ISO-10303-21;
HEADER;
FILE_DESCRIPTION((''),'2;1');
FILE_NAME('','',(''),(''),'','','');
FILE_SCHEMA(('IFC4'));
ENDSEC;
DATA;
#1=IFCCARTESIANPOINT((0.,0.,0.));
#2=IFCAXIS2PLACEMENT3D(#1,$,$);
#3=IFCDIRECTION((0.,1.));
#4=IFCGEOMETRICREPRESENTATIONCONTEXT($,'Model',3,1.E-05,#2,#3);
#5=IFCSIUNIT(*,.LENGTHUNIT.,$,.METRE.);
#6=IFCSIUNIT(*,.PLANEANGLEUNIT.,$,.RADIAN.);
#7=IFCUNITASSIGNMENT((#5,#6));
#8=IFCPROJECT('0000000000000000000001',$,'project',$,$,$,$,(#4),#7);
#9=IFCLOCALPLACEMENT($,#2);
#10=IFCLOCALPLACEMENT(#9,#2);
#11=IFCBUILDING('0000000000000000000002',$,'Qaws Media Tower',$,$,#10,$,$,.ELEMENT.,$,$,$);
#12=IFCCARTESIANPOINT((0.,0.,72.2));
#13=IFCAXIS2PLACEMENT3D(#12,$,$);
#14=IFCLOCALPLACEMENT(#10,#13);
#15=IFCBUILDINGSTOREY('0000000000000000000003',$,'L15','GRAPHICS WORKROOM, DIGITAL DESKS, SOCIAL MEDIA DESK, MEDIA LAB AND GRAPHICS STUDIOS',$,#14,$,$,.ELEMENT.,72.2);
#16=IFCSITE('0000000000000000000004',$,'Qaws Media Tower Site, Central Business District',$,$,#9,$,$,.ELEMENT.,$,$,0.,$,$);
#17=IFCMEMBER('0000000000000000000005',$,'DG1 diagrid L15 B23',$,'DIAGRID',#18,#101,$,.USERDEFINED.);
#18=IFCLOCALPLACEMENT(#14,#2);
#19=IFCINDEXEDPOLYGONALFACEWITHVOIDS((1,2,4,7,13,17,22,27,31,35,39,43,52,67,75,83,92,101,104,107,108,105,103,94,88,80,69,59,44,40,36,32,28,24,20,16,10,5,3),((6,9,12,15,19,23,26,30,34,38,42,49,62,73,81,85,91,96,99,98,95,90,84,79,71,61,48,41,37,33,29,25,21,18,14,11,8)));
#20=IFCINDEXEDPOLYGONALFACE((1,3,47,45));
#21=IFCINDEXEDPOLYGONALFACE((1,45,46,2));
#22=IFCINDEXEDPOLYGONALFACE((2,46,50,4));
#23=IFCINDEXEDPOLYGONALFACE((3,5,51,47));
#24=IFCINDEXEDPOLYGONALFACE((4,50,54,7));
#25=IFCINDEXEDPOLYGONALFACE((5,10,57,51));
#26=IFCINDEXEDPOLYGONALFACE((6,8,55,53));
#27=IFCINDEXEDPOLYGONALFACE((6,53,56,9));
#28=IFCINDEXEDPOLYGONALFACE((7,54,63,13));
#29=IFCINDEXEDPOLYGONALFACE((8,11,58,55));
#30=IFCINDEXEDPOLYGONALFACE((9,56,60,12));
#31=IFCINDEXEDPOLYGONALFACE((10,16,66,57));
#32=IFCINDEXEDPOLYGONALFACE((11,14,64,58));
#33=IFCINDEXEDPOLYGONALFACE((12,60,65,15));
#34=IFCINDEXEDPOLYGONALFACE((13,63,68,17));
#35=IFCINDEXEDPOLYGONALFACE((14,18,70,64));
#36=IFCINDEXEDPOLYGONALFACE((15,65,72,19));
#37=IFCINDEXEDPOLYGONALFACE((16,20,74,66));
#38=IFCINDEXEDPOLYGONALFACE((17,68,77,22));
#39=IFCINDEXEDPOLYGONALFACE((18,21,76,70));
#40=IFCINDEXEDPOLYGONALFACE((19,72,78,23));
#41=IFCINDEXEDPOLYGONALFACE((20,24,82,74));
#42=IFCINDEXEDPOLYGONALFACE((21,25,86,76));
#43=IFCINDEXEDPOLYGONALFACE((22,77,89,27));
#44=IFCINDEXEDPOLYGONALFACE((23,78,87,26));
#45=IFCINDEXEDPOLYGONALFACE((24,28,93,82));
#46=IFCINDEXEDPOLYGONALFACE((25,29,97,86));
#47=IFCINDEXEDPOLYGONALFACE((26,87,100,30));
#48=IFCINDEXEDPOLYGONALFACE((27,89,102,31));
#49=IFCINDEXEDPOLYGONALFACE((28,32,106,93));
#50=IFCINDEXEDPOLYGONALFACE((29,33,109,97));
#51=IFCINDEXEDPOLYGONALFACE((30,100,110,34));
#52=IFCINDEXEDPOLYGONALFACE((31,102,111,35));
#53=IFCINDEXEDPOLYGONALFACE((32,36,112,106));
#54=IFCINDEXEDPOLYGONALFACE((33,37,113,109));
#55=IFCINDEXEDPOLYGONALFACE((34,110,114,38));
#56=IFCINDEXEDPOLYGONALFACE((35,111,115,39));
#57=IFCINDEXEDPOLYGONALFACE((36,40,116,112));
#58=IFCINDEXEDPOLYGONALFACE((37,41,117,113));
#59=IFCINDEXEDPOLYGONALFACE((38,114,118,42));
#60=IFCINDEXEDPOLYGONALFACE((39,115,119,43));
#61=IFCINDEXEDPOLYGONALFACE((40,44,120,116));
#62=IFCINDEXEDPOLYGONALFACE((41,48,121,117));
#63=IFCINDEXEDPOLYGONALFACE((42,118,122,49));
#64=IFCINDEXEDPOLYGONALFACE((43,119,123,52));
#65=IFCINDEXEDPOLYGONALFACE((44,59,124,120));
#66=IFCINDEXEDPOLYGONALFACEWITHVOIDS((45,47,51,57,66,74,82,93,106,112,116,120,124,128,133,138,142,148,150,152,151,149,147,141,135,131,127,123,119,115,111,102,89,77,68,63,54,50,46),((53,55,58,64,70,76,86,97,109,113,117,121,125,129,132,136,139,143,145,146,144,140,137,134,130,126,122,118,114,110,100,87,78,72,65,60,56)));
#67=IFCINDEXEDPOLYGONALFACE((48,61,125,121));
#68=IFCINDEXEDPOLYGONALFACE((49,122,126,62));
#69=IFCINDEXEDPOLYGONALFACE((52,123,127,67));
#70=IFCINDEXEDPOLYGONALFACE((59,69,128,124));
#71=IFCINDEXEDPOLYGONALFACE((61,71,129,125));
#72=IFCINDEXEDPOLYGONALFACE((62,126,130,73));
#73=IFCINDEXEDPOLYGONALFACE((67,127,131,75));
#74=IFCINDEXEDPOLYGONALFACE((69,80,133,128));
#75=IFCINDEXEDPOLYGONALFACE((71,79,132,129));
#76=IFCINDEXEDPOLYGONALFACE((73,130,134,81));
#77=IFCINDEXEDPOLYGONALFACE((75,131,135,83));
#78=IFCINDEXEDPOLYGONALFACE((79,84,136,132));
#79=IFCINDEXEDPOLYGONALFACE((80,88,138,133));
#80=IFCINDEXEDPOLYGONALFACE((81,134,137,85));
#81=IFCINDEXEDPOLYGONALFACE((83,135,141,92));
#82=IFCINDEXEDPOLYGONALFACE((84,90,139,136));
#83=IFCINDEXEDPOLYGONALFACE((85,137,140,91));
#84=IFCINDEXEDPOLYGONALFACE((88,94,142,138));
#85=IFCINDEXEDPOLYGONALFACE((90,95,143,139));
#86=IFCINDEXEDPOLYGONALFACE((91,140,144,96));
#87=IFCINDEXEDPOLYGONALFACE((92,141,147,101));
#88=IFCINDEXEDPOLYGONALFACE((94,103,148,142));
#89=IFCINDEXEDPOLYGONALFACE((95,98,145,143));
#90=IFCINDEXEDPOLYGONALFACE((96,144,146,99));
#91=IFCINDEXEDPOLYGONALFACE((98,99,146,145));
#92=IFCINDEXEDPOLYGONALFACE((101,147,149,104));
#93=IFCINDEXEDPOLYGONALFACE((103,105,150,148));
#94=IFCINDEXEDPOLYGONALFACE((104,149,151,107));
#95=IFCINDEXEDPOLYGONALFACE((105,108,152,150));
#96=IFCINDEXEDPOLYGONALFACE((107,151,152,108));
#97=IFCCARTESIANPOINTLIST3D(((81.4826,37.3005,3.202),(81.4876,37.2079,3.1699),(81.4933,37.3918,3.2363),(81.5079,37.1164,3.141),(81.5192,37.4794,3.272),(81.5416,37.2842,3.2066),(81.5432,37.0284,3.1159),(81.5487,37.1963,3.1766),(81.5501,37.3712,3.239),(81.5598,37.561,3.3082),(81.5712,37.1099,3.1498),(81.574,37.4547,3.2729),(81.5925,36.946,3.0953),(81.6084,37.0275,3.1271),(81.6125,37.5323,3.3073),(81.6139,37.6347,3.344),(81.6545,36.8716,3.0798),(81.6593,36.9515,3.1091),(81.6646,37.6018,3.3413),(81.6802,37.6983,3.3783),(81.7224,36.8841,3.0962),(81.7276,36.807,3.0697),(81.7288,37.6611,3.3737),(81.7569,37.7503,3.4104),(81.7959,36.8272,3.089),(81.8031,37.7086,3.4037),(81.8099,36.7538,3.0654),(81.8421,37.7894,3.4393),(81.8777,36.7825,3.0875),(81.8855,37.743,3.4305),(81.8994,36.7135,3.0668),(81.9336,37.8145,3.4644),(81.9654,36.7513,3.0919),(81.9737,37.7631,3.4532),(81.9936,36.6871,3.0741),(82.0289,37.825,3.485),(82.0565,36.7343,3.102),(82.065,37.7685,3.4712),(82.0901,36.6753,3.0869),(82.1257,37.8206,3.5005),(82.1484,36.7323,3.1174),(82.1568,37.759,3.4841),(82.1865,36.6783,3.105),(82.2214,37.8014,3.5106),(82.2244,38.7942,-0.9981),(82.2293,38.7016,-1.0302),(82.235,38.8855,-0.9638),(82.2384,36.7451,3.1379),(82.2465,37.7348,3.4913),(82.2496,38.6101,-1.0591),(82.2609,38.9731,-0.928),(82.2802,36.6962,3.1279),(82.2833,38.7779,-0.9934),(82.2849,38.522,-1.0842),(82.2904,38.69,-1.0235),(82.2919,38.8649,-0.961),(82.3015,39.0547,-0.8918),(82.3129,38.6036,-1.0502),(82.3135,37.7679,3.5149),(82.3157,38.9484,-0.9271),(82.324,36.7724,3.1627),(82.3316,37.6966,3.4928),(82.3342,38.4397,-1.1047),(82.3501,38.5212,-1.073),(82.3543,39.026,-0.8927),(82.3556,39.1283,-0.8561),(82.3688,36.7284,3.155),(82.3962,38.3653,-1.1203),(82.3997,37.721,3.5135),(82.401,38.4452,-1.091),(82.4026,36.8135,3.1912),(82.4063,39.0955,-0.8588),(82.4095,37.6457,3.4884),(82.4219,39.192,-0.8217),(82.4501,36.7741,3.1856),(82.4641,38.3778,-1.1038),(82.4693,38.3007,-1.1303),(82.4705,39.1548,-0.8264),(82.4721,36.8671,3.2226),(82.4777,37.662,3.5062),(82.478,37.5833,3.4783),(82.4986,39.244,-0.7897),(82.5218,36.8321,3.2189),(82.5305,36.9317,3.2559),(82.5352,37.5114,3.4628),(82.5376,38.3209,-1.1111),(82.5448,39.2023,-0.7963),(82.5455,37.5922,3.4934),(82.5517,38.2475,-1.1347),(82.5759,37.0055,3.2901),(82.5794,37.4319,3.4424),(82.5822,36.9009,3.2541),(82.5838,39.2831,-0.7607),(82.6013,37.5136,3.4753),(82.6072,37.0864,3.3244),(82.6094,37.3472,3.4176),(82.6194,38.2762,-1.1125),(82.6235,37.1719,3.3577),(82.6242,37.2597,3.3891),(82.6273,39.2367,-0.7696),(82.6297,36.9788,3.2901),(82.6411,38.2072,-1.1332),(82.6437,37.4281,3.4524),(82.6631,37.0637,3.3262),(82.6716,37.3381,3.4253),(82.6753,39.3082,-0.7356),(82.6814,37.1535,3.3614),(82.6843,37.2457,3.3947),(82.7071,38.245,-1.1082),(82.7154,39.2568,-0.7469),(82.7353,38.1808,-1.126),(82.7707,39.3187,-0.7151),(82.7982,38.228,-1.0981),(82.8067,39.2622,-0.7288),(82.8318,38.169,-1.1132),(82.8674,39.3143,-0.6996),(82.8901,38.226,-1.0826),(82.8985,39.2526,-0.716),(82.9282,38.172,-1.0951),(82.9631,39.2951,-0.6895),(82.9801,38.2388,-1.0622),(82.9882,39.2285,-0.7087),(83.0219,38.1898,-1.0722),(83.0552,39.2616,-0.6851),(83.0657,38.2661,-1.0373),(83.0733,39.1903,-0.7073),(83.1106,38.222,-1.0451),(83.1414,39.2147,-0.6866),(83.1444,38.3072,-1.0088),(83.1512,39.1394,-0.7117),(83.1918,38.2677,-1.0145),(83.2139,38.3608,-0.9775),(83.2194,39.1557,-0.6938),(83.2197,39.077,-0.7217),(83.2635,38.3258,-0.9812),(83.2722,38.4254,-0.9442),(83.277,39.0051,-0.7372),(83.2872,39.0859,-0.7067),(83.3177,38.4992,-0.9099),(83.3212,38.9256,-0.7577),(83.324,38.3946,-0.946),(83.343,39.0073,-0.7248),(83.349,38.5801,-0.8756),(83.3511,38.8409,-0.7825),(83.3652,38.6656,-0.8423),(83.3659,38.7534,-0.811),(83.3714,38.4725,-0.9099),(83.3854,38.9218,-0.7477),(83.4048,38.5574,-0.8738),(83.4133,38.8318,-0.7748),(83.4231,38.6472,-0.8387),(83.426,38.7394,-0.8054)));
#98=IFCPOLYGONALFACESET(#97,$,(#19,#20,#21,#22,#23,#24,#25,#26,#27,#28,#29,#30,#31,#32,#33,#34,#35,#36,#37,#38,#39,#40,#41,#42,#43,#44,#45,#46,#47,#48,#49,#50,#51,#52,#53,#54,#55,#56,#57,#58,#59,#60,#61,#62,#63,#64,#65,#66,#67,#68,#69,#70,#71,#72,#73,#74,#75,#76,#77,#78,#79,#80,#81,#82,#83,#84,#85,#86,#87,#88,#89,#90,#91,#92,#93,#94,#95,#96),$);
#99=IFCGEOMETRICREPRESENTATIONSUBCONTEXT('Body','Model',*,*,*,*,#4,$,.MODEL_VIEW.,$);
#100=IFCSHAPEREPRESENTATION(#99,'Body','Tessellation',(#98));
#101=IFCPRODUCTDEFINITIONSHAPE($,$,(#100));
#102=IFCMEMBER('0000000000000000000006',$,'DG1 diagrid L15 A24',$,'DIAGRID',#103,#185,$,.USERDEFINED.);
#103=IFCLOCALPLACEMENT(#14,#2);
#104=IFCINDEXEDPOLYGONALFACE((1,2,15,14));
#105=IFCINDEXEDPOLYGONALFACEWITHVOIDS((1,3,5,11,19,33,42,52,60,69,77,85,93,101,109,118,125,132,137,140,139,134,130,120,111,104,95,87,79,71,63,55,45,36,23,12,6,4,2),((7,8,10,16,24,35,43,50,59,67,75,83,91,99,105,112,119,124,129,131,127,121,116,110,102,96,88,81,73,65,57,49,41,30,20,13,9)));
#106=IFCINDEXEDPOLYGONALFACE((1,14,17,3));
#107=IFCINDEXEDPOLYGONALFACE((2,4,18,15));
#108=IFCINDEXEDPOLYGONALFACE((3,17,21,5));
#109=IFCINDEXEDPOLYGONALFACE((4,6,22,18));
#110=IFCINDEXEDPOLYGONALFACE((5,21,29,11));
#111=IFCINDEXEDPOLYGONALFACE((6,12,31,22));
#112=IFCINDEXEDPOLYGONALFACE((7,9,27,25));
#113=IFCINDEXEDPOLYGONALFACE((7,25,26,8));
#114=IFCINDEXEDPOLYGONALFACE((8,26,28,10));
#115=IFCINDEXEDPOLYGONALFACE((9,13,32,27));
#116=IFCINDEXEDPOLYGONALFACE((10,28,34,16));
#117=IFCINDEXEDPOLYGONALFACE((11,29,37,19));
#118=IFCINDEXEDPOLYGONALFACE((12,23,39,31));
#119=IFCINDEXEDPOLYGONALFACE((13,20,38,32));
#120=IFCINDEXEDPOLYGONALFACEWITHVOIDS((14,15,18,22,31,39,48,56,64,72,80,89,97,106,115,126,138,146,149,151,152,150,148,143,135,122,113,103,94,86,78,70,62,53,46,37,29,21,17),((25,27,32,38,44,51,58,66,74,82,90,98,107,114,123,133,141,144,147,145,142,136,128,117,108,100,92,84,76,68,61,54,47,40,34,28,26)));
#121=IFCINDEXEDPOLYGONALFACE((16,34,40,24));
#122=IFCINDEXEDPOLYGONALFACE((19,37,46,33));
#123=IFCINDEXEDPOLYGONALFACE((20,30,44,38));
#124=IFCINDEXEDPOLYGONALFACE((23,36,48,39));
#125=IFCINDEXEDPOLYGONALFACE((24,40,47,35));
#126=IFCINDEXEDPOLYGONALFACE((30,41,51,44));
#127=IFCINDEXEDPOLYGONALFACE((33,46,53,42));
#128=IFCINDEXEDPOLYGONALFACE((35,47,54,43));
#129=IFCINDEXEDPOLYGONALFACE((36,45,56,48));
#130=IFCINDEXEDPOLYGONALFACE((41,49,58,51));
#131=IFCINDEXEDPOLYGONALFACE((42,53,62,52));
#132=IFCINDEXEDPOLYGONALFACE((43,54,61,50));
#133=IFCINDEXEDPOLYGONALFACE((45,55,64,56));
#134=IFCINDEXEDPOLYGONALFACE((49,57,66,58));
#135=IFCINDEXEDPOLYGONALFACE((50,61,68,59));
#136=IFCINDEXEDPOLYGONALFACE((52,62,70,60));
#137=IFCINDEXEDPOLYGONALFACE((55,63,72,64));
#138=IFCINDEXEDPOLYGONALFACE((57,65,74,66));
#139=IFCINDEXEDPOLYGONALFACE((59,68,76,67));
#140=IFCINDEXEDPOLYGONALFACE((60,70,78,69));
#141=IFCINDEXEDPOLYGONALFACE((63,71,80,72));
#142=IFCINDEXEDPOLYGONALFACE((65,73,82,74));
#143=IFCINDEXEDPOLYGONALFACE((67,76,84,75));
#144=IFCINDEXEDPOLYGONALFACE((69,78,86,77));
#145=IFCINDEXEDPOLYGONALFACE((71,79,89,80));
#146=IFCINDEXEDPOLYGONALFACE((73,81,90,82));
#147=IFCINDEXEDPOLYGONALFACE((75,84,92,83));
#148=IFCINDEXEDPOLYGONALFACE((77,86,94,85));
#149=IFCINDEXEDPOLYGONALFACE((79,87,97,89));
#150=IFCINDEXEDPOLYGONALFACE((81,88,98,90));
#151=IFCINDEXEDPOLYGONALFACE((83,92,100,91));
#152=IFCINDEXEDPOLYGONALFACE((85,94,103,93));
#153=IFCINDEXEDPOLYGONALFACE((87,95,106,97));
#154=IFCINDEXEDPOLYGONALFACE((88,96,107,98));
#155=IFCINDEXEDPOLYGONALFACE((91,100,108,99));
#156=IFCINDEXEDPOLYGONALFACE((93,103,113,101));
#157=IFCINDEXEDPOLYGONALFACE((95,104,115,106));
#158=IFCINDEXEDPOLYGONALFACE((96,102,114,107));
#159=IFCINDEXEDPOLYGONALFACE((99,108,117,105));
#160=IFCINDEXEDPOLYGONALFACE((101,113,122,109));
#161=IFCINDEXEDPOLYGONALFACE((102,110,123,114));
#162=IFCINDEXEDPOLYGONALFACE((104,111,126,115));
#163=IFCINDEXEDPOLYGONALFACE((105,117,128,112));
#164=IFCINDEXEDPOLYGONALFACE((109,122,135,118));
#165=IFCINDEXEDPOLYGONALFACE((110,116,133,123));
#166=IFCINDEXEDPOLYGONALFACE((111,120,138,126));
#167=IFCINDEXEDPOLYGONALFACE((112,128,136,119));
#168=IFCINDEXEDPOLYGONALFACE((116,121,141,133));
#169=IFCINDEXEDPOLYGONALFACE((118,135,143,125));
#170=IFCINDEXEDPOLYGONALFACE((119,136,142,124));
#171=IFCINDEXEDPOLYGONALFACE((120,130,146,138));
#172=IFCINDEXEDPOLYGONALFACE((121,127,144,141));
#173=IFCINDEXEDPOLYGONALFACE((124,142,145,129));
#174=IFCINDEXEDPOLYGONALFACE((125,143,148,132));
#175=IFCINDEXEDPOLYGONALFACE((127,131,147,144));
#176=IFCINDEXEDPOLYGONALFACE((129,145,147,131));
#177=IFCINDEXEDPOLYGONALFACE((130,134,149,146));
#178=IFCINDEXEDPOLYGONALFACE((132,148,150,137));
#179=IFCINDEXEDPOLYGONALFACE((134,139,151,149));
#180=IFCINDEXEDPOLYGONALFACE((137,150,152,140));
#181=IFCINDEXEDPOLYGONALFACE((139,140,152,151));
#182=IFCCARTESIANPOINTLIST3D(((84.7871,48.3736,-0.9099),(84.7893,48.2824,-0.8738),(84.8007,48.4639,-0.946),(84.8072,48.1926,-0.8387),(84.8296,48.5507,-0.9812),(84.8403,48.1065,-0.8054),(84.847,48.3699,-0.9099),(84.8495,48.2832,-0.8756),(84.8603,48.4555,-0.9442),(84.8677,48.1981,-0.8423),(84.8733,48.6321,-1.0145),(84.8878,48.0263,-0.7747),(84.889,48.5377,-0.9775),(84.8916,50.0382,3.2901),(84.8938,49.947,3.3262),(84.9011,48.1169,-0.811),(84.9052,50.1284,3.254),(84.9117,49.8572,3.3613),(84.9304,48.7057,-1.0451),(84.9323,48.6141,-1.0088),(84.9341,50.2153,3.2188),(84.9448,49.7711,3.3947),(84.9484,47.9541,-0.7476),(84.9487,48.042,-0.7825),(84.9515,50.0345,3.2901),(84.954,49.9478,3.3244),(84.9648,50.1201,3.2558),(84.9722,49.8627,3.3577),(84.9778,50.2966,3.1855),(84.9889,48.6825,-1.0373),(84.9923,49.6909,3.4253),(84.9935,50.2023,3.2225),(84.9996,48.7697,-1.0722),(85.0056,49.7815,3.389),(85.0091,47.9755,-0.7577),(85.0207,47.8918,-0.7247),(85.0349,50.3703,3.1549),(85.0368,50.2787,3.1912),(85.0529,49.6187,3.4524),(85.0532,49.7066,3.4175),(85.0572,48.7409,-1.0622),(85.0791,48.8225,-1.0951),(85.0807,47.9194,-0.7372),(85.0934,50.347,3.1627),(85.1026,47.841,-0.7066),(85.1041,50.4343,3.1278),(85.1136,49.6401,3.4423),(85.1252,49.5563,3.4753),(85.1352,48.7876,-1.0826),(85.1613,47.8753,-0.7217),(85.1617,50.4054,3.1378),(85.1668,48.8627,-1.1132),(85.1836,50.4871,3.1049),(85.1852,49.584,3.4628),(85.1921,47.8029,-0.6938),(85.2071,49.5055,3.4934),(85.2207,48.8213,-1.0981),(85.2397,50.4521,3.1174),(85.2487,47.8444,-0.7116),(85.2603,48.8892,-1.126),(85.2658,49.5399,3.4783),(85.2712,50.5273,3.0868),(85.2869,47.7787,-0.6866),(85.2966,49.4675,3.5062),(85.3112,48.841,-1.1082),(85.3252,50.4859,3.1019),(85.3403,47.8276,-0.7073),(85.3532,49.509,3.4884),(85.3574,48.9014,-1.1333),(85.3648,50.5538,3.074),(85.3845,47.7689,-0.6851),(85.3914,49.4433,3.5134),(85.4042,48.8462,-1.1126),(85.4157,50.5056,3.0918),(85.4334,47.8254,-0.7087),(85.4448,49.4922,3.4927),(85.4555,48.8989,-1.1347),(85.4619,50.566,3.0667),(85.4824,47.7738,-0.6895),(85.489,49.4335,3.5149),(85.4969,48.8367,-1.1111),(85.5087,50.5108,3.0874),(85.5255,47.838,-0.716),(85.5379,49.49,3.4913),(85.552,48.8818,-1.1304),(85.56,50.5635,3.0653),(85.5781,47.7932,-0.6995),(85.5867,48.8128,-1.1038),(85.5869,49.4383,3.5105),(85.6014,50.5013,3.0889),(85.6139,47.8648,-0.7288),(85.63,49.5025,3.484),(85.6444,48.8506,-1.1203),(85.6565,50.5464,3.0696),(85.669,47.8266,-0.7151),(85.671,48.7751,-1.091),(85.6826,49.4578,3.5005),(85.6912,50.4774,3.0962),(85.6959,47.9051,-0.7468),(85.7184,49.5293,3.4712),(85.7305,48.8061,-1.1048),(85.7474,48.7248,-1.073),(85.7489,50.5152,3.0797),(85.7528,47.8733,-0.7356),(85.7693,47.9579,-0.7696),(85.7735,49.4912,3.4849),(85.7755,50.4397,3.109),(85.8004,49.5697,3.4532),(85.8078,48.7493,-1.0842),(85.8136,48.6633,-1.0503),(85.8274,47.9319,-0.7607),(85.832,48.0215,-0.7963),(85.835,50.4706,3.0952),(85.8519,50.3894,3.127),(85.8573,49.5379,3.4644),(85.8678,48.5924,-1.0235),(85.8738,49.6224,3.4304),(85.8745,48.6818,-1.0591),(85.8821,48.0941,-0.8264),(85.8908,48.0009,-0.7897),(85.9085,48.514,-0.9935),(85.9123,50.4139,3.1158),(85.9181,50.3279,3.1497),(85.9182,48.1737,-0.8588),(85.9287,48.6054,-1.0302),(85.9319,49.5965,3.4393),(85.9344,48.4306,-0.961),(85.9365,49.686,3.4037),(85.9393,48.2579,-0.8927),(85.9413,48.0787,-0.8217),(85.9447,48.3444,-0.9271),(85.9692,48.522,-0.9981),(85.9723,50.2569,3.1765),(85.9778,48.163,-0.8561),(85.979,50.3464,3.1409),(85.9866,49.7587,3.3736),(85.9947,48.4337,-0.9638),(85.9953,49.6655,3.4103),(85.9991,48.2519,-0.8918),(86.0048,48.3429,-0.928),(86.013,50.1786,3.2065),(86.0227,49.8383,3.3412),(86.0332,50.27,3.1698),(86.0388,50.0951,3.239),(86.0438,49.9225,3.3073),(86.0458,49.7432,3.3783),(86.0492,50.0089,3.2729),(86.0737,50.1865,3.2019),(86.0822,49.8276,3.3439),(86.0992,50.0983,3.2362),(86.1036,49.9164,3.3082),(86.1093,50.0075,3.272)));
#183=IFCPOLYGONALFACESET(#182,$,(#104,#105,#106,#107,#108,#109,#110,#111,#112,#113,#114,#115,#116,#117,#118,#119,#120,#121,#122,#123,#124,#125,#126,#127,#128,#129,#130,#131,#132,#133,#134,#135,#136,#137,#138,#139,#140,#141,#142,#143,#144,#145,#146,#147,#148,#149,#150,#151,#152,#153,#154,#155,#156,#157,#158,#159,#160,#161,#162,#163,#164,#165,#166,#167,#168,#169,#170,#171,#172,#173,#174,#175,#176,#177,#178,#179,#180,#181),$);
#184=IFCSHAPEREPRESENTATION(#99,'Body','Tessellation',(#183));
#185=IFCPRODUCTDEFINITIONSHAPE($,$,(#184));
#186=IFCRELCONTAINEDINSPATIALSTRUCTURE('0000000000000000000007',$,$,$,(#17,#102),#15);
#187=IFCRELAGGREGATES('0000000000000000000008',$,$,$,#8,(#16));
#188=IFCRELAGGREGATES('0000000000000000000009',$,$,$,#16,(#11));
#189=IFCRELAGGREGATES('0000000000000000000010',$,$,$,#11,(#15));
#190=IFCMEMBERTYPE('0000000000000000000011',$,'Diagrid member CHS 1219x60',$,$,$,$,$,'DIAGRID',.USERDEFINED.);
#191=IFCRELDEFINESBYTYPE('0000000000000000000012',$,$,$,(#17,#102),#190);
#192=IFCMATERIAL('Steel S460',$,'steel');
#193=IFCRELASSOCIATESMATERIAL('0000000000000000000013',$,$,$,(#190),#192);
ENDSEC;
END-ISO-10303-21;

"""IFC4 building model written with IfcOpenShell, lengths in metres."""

from ifc_helpers import new_model, si_unit, direction, frame, origin, origin_2d, place, context, subcontext, project, spatial, hollow_circle, extrude, material, material_profile, profile_set, type_object, element, save


model = new_model("IFC4")

# Units and contexts
model_context = context("Model", 3, precision=1e-05, world=origin(), true_north=direction((0.0, 1.0)))
body_context = subcontext(model_context, "Body", "Model", "MODEL_VIEW")
ifc_project = project(units=[si_unit("LENGTHUNIT", "METRE"), si_unit("PLANEANGLEUNIT", "RADIAN")], contexts=[model_context])

# Site, building, storey
site_placement = place(None, origin())
site = spatial("IfcSite", under=ifc_project, at=site_placement, Name="Qaws Media Tower Site, Central Business District", CompositionType="ELEMENT", RefElevation=0.0)
building_placement = place(site_placement, origin())
building = spatial("IfcBuilding", under=site, at=building_placement, Name="Qaws Media Tower", CompositionType="ELEMENT")
storey_placement = place(building_placement, frame((0.0, 0.0, 72.2)))
storey = spatial("IfcBuildingStorey", under=building, at=storey_placement, Name="L15", Description="GRAPHICS WORKROOM, DIGITAL DESKS, SOCIAL MEDIA DESK, MEDIA LAB AND GRAPHICS STUDIOS", CompositionType="ELEMENT", Elevation=72.2)

# Members
ifc_material_1 = material(Name="Steel S460", Category="steel")
ifc_material_profile_1 = material_profile(ifc_material_1, hollow_circle(Radius=0.6096, WallThickness=0.0601, at=origin_2d()), Name="CHS 1219x60")
ifc_profile_set_1 = profile_set([ifc_material_profile_1], Name="Steel S460")
member_type_1 = type_object("IfcMemberType", Name="Diagrid member CHS 1219x60", ElementType="DIAGRID", PredefinedType="USERDEFINED", material=ifc_profile_set_1)
for number, where, z_axis, x_axis, name in (
    (1, (82.8254, 38.7437, -0.9099), (-0.164132, -0.330532, 0.929413), (0.895654, -0.444752, 0.0), "DG1 diagrid L15 B23"),
    (2, (85.3955, 48.3354, -0.9099), (0.023123, 0.368346, 0.929401), (-0.998035, 0.062652, 0.0), "DG1 diagrid L15 A24"),
):
    element("IfcMember", number, at=place(storey_placement, frame(where, z_axis=z_axis, x_axis=x_axis)), inside=storey, type_object=member_type_1, Name=name, ObjectType="DIAGRID", PredefinedType="USERDEFINED", context=body_context, shape_type="SweptSolid", body=[
        extrude(hollow_circle(Radius=0.6096, WallThickness=0.0601, at=origin_2d()), origin(), (0.0, 0.0, 1.0), 4.519),
    ])

save(model, "model.ifc")
